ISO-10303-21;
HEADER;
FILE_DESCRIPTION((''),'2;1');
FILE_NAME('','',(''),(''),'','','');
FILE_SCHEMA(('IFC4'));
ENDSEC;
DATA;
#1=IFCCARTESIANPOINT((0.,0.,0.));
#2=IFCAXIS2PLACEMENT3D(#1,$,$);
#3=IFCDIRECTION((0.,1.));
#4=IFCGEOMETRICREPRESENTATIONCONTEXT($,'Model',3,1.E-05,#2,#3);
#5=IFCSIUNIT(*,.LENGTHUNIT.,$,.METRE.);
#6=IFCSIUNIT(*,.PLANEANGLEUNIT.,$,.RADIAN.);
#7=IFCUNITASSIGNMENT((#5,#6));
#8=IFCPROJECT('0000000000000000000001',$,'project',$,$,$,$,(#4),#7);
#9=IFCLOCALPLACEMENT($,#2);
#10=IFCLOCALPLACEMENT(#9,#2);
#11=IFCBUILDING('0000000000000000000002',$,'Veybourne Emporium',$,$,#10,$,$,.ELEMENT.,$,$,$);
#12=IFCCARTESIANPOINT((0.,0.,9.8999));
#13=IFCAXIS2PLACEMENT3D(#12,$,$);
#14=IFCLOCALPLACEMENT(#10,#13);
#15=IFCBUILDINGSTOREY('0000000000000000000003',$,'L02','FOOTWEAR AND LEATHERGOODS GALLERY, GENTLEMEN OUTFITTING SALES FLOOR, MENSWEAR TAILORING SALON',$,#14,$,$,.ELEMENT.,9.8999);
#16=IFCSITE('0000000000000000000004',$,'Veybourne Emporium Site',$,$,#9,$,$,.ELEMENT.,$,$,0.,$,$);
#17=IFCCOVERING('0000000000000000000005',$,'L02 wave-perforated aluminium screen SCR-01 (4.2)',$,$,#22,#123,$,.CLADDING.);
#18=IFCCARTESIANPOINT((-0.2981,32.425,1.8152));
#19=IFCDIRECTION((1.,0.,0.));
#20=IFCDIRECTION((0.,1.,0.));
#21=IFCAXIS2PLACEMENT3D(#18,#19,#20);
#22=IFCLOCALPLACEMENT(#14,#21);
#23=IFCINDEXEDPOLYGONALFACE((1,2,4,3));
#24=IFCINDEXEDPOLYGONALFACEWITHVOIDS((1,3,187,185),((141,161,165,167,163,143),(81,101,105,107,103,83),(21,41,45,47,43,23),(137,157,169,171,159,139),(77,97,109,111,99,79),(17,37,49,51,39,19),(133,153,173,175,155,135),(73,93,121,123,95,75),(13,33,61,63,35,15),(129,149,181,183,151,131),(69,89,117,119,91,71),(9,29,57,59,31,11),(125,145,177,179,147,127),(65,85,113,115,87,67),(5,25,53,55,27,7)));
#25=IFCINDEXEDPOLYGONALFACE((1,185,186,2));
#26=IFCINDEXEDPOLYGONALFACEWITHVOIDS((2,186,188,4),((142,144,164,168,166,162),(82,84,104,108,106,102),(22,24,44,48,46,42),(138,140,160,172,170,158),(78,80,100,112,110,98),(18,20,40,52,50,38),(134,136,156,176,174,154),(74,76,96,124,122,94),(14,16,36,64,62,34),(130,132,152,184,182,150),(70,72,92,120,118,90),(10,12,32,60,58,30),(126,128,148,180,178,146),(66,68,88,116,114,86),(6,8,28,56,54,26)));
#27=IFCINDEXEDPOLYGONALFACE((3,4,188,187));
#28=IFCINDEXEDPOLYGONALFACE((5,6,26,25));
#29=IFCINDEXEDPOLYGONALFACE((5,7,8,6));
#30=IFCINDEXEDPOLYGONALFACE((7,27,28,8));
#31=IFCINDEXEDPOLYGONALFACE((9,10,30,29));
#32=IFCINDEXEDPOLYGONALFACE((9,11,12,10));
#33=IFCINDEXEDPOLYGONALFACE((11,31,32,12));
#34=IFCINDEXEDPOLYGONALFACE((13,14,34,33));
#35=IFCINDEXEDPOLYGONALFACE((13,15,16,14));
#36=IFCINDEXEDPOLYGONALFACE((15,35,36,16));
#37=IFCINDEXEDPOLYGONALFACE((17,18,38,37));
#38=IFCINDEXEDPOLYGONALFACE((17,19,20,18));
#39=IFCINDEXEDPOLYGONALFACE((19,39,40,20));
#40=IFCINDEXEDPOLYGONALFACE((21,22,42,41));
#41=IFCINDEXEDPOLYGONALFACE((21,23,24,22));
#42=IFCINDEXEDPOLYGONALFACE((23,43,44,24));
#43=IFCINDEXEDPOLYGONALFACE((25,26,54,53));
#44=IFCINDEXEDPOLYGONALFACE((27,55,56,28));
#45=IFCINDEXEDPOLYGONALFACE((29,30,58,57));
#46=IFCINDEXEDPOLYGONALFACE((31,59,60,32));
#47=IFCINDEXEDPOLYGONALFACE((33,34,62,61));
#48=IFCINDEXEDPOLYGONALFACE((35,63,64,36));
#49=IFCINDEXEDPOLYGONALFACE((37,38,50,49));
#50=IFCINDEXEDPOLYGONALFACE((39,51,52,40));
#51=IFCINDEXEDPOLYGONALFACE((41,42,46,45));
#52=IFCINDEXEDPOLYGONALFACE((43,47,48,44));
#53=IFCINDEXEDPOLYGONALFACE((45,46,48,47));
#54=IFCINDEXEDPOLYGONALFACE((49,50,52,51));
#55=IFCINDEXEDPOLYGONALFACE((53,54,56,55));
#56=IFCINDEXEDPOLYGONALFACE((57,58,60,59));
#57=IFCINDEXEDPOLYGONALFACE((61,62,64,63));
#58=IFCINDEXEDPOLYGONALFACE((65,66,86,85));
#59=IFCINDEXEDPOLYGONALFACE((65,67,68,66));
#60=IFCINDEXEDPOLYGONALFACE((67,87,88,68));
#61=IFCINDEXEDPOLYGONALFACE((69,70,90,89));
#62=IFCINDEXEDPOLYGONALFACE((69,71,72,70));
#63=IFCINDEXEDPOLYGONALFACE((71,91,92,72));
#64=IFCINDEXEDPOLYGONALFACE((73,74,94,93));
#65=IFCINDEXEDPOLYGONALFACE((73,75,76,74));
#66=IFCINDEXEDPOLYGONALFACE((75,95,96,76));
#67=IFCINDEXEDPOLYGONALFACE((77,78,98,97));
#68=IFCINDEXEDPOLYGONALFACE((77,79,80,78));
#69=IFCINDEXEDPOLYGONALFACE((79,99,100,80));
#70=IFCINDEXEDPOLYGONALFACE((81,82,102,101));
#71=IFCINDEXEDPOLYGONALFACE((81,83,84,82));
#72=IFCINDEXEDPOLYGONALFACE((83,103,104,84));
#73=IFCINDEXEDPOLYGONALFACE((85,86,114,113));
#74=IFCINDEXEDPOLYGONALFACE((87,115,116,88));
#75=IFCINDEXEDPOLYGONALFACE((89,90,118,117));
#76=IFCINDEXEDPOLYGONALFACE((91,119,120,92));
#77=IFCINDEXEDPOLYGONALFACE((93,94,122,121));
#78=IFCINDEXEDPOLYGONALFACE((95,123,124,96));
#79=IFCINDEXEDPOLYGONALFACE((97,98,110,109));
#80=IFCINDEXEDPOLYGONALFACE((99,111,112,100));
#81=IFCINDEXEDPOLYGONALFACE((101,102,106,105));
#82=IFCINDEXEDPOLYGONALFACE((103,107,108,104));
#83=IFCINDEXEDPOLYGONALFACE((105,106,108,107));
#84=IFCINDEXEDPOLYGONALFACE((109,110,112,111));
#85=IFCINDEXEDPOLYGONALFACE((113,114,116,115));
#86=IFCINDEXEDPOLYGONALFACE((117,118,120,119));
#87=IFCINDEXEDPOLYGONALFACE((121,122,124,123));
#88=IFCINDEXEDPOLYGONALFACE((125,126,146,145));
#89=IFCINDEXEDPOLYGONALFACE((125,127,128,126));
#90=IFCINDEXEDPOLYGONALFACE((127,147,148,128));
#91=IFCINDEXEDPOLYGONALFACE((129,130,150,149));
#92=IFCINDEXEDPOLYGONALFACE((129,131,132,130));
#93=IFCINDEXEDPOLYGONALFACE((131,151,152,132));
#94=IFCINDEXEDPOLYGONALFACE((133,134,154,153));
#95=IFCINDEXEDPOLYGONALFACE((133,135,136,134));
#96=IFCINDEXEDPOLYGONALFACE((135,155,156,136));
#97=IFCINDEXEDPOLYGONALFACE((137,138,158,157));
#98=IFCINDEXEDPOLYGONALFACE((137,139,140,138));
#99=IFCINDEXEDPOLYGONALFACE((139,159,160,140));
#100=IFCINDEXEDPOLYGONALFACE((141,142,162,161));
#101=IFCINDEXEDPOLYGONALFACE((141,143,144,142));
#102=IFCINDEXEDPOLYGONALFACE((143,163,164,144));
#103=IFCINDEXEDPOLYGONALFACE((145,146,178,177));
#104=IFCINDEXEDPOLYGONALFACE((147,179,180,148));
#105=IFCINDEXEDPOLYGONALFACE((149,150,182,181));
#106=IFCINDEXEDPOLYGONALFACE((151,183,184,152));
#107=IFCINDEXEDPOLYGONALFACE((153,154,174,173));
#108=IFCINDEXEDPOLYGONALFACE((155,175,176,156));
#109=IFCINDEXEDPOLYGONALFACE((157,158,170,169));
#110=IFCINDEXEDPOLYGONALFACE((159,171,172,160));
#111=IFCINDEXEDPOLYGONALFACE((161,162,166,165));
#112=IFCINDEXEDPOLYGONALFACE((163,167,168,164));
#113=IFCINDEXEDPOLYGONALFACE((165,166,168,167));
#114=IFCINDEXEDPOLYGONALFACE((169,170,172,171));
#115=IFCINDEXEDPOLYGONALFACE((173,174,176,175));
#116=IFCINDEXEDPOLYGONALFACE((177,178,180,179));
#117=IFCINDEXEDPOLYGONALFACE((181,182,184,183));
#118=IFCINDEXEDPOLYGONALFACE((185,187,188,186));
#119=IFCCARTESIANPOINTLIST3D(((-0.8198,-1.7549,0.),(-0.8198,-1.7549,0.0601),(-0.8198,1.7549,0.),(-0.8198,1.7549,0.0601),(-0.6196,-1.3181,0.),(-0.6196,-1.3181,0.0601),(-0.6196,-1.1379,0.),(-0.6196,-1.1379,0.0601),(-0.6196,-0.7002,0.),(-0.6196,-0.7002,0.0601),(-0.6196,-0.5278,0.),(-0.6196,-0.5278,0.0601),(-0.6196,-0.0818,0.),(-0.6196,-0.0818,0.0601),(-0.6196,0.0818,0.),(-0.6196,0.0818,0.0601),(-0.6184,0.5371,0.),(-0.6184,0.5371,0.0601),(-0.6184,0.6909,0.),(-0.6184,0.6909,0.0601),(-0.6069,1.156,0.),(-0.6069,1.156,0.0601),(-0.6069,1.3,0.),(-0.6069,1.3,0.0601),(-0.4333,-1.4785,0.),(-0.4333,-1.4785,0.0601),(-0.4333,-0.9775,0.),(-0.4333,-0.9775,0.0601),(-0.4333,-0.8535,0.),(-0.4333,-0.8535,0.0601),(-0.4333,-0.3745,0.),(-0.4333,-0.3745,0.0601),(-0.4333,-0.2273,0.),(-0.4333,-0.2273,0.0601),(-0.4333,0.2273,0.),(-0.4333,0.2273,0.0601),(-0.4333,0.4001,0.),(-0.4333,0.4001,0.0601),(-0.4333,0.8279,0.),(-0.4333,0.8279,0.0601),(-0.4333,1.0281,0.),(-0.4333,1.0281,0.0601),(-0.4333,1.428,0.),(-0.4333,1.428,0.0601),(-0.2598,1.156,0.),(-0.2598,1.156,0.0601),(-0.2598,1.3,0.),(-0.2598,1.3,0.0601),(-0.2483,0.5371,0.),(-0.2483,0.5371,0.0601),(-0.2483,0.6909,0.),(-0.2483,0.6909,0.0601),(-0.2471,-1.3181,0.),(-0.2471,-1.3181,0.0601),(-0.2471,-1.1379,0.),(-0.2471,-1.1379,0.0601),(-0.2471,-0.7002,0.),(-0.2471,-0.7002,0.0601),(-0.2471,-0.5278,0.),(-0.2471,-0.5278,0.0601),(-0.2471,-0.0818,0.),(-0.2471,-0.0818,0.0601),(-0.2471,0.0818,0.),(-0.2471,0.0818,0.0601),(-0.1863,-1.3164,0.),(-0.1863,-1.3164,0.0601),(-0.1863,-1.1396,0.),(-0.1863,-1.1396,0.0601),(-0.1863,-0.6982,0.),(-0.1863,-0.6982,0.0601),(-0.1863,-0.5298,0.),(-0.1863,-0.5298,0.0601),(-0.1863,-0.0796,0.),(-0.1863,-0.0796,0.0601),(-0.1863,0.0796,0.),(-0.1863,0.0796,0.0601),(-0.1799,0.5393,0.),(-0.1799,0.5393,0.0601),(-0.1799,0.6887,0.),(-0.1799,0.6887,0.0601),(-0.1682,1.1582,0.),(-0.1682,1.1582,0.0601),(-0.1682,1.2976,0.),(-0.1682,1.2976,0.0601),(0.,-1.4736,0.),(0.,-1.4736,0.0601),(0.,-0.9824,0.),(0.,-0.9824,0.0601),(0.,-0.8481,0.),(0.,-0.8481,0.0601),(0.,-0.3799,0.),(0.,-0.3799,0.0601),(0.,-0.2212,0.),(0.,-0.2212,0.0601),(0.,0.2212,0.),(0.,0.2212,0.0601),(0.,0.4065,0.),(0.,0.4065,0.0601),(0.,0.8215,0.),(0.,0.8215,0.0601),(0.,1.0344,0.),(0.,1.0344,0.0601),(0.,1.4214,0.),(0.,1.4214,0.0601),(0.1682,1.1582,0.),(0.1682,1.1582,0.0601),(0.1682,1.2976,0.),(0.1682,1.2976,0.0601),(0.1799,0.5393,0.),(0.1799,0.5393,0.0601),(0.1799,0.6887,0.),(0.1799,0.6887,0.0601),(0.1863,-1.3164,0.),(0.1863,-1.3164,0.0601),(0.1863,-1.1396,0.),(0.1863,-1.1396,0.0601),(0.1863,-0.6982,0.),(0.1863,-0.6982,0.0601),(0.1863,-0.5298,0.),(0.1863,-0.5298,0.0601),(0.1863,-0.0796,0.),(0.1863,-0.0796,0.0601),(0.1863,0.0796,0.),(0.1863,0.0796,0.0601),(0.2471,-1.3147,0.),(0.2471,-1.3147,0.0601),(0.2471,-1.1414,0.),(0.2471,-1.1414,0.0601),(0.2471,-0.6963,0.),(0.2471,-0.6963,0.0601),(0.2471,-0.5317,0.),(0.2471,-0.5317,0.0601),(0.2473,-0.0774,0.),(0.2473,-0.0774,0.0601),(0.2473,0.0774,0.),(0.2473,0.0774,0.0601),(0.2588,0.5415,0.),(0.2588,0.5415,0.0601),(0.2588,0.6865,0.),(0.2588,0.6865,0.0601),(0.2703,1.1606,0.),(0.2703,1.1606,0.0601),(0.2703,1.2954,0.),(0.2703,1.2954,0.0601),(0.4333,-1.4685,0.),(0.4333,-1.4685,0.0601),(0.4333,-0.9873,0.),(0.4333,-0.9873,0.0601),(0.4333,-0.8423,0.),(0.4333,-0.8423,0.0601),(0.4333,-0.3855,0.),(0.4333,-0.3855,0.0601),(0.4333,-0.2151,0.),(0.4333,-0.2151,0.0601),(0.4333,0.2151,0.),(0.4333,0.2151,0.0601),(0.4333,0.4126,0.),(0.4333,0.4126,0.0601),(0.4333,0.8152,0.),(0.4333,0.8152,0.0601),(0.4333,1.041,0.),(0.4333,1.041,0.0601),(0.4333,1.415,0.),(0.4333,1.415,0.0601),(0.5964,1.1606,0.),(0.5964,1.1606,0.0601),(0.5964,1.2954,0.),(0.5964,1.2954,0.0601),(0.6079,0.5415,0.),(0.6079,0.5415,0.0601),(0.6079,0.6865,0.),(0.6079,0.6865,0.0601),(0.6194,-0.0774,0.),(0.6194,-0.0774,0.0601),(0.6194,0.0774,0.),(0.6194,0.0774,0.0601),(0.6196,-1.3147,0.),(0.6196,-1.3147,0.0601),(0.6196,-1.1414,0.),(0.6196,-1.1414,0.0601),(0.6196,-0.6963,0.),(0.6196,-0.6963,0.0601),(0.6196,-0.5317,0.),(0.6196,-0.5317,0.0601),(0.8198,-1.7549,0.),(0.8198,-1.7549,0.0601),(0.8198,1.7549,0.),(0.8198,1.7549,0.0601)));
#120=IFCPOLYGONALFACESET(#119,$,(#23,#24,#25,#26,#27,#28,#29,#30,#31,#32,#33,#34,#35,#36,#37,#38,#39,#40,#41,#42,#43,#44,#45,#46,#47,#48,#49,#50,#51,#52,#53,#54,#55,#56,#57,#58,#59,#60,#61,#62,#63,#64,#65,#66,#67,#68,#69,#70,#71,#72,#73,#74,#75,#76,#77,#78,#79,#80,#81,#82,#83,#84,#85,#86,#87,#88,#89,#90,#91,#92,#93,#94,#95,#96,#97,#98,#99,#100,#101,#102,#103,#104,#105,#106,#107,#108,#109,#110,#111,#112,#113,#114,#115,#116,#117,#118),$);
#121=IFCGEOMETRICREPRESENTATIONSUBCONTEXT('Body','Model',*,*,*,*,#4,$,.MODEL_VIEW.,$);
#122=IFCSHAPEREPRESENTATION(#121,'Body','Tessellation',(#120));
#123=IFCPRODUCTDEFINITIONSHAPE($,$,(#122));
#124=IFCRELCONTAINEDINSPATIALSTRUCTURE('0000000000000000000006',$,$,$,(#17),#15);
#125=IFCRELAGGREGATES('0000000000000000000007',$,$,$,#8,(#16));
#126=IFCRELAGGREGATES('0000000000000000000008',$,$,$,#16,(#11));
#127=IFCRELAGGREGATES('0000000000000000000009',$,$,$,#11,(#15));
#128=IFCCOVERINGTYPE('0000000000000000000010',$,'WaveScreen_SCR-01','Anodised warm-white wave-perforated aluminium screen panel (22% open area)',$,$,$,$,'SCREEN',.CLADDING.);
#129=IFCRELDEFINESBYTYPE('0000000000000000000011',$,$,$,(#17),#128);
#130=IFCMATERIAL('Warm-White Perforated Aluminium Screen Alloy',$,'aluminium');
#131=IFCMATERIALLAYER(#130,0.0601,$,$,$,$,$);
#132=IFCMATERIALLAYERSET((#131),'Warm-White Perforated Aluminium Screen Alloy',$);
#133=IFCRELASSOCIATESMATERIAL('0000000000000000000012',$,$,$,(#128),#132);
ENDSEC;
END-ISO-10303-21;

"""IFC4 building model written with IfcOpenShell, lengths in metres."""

from ifc_helpers import new_model, si_unit, direction, frame, origin, place, context, subcontext, project, spatial, polyline, outline, extrude, material, layer, layer_set, type_object, element, save


model = new_model("IFC4")

# Units and contexts
model_context = context("Model", 3, precision=1e-05, world=origin(), true_north=direction((0.0, 1.0)))
body_context = subcontext(model_context, "Body", "Model", "MODEL_VIEW")
ifc_project = project(units=[si_unit("LENGTHUNIT", "METRE"), si_unit("PLANEANGLEUNIT", "RADIAN")], contexts=[model_context])

# Site, building, storey
site_placement = place(None, origin())
site = spatial("IfcSite", under=ifc_project, at=site_placement, Name="Veybourne Emporium Site", CompositionType="ELEMENT", RefElevation=0.0)
building_placement = place(site_placement, origin())
building = spatial("IfcBuilding", under=site, at=building_placement, Name="Veybourne Emporium", CompositionType="ELEMENT")
storey_placement = place(building_placement, frame((0.0, 0.0, 9.8999)))
storey = spatial("IfcBuildingStorey", under=building, at=storey_placement, Name="L02", Description="FOOTWEAR AND LEATHERGOODS GALLERY, GENTLEMEN OUTFITTING SALES FLOOR, MENSWEAR TAILORING SALON", CompositionType="ELEMENT", Elevation=9.8999)

# Covering
ifc_material_1 = material(Name="Warm-White Perforated Aluminium Screen Alloy", Category="aluminium")
ifc_layer_1 = layer(ifc_material_1, 0.0601)
ifc_layer_set_1 = layer_set([ifc_layer_1], Name="Warm-White Perforated Aluminium Screen Alloy")
covering_type_1 = type_object("IfcCoveringType", Name="WaveScreen_SCR-01", Description="Anodised warm-white wave-perforated aluminium screen panel (22% open area)", ElementType="SCREEN", PredefinedType="CLADDING", material=ifc_layer_set_1)
covering_1_placement = place(storey_placement, frame((-0.2981, 32.425, 1.8152), z_axis=(1.0, 0.0, 0.0), x_axis=(0.0, 1.0, 0.0)))
element("IfcCovering", 1, at=covering_1_placement, inside=storey, type_object=covering_type_1, Name="L02 wave-perforated aluminium screen SCR-01 (4.2)", PredefinedType="CLADDING", context=body_context, shape_type="SweptSolid", body=[
    extrude(outline(polyline([(-0.8198, -1.7549), (0.8198, -1.7549), (0.8198, 1.7549), (-0.8198, 1.7549), (-0.8198, -1.7549)]), holes=[polyline([(-0.4333, -0.9775), (-0.2471, -1.1379), (-0.2471, -1.3181), (-0.4333, -1.4785), (-0.6196, -1.3181), (-0.6196, -1.1379), (-0.4333, -0.9775)]), polyline([(-0.4333, -0.3745), (-0.2471, -0.5278), (-0.2471, -0.7002), (-0.4333, -0.8535), (-0.6196, -0.7002), (-0.6196, -0.5278), (-0.4333, -0.3745)]), polyline([(-0.4333, 0.2273), (-0.2471, 0.0818), (-0.2471, -0.0818), (-0.4333, -0.2273), (-0.6196, -0.0818), (-0.6196, 0.0818), (-0.4333, 0.2273)]), polyline([(-0.4333, 0.8279), (-0.2483, 0.6909), (-0.2483, 0.5371), (-0.4333, 0.4001), (-0.6184, 0.5371), (-0.6184, 0.6909), (-0.4333, 0.8279)]), polyline([(-0.4333, 1.428), (-0.2598, 1.3), (-0.2598, 1.156), (-0.4333, 1.0281), (-0.6069, 1.156), (-0.6069, 1.3), (-0.4333, 1.428)]), polyline([(0.0, -0.9824), (0.1863, -1.1396), (0.1863, -1.3164), (0.0, -1.4736), (-0.1863, -1.3164), (-0.1863, -1.1396), (0.0, -0.9824)]), polyline([(0.0, -0.3799), (0.1863, -0.5298), (0.1863, -0.6982), (0.0, -0.8481), (-0.1863, -0.6982), (-0.1863, -0.5298), (0.0, -0.3799)]), polyline([(0.0, 0.2212), (0.1863, 0.0796), (0.1863, -0.0796), (0.0, -0.2212), (-0.1863, -0.0796), (-0.1863, 0.0796), (0.0, 0.2212)]), polyline([(0.0, 0.8215), (0.1799, 0.6887), (0.1799, 0.5393), (0.0, 0.4065), (-0.1799, 0.5393), (-0.1799, 0.6887), (0.0, 0.8215)]), polyline([(0.0, 1.4214), (0.1682, 1.2976), (0.1682, 1.1582), (0.0, 1.0344), (-0.1682, 1.1582), (-0.1682, 1.2976), (0.0, 1.4214)]), polyline([(0.4333, -0.9873), (0.6196, -1.1414), (0.6196, -1.3147), (0.4333, -1.4685), (0.2471, -1.3147), (0.2471, -1.1414), (0.4333, -0.9873)]), polyline([(0.4333, -0.3855), (0.6196, -0.5317), (0.6196, -0.6963), (0.4333, -0.8423), (0.2471, -0.6963), (0.2471, -0.5317), (0.4333, -0.3855)]), polyline([(0.4333, 0.2151), (0.6194, 0.0774), (0.6194, -0.0774), (0.4333, -0.2151), (0.2473, -0.0774), (0.2473, 0.0774), (0.4333, 0.2151)]), polyline([(0.4333, 0.8152), (0.6079, 0.6865), (0.6079, 0.5415), (0.4333, 0.4126), (0.2588, 0.5415), (0.2588, 0.6865), (0.4333, 0.8152)]), polyline([(0.4333, 1.415), (0.5964, 1.2954), (0.5964, 1.1606), (0.4333, 1.041), (0.2703, 1.1606), (0.2703, 1.2954), (0.4333, 1.415)])]), origin(), (0.0, 0.0, 1.0), 0.0601),
])

save(model, "model.ifc")
